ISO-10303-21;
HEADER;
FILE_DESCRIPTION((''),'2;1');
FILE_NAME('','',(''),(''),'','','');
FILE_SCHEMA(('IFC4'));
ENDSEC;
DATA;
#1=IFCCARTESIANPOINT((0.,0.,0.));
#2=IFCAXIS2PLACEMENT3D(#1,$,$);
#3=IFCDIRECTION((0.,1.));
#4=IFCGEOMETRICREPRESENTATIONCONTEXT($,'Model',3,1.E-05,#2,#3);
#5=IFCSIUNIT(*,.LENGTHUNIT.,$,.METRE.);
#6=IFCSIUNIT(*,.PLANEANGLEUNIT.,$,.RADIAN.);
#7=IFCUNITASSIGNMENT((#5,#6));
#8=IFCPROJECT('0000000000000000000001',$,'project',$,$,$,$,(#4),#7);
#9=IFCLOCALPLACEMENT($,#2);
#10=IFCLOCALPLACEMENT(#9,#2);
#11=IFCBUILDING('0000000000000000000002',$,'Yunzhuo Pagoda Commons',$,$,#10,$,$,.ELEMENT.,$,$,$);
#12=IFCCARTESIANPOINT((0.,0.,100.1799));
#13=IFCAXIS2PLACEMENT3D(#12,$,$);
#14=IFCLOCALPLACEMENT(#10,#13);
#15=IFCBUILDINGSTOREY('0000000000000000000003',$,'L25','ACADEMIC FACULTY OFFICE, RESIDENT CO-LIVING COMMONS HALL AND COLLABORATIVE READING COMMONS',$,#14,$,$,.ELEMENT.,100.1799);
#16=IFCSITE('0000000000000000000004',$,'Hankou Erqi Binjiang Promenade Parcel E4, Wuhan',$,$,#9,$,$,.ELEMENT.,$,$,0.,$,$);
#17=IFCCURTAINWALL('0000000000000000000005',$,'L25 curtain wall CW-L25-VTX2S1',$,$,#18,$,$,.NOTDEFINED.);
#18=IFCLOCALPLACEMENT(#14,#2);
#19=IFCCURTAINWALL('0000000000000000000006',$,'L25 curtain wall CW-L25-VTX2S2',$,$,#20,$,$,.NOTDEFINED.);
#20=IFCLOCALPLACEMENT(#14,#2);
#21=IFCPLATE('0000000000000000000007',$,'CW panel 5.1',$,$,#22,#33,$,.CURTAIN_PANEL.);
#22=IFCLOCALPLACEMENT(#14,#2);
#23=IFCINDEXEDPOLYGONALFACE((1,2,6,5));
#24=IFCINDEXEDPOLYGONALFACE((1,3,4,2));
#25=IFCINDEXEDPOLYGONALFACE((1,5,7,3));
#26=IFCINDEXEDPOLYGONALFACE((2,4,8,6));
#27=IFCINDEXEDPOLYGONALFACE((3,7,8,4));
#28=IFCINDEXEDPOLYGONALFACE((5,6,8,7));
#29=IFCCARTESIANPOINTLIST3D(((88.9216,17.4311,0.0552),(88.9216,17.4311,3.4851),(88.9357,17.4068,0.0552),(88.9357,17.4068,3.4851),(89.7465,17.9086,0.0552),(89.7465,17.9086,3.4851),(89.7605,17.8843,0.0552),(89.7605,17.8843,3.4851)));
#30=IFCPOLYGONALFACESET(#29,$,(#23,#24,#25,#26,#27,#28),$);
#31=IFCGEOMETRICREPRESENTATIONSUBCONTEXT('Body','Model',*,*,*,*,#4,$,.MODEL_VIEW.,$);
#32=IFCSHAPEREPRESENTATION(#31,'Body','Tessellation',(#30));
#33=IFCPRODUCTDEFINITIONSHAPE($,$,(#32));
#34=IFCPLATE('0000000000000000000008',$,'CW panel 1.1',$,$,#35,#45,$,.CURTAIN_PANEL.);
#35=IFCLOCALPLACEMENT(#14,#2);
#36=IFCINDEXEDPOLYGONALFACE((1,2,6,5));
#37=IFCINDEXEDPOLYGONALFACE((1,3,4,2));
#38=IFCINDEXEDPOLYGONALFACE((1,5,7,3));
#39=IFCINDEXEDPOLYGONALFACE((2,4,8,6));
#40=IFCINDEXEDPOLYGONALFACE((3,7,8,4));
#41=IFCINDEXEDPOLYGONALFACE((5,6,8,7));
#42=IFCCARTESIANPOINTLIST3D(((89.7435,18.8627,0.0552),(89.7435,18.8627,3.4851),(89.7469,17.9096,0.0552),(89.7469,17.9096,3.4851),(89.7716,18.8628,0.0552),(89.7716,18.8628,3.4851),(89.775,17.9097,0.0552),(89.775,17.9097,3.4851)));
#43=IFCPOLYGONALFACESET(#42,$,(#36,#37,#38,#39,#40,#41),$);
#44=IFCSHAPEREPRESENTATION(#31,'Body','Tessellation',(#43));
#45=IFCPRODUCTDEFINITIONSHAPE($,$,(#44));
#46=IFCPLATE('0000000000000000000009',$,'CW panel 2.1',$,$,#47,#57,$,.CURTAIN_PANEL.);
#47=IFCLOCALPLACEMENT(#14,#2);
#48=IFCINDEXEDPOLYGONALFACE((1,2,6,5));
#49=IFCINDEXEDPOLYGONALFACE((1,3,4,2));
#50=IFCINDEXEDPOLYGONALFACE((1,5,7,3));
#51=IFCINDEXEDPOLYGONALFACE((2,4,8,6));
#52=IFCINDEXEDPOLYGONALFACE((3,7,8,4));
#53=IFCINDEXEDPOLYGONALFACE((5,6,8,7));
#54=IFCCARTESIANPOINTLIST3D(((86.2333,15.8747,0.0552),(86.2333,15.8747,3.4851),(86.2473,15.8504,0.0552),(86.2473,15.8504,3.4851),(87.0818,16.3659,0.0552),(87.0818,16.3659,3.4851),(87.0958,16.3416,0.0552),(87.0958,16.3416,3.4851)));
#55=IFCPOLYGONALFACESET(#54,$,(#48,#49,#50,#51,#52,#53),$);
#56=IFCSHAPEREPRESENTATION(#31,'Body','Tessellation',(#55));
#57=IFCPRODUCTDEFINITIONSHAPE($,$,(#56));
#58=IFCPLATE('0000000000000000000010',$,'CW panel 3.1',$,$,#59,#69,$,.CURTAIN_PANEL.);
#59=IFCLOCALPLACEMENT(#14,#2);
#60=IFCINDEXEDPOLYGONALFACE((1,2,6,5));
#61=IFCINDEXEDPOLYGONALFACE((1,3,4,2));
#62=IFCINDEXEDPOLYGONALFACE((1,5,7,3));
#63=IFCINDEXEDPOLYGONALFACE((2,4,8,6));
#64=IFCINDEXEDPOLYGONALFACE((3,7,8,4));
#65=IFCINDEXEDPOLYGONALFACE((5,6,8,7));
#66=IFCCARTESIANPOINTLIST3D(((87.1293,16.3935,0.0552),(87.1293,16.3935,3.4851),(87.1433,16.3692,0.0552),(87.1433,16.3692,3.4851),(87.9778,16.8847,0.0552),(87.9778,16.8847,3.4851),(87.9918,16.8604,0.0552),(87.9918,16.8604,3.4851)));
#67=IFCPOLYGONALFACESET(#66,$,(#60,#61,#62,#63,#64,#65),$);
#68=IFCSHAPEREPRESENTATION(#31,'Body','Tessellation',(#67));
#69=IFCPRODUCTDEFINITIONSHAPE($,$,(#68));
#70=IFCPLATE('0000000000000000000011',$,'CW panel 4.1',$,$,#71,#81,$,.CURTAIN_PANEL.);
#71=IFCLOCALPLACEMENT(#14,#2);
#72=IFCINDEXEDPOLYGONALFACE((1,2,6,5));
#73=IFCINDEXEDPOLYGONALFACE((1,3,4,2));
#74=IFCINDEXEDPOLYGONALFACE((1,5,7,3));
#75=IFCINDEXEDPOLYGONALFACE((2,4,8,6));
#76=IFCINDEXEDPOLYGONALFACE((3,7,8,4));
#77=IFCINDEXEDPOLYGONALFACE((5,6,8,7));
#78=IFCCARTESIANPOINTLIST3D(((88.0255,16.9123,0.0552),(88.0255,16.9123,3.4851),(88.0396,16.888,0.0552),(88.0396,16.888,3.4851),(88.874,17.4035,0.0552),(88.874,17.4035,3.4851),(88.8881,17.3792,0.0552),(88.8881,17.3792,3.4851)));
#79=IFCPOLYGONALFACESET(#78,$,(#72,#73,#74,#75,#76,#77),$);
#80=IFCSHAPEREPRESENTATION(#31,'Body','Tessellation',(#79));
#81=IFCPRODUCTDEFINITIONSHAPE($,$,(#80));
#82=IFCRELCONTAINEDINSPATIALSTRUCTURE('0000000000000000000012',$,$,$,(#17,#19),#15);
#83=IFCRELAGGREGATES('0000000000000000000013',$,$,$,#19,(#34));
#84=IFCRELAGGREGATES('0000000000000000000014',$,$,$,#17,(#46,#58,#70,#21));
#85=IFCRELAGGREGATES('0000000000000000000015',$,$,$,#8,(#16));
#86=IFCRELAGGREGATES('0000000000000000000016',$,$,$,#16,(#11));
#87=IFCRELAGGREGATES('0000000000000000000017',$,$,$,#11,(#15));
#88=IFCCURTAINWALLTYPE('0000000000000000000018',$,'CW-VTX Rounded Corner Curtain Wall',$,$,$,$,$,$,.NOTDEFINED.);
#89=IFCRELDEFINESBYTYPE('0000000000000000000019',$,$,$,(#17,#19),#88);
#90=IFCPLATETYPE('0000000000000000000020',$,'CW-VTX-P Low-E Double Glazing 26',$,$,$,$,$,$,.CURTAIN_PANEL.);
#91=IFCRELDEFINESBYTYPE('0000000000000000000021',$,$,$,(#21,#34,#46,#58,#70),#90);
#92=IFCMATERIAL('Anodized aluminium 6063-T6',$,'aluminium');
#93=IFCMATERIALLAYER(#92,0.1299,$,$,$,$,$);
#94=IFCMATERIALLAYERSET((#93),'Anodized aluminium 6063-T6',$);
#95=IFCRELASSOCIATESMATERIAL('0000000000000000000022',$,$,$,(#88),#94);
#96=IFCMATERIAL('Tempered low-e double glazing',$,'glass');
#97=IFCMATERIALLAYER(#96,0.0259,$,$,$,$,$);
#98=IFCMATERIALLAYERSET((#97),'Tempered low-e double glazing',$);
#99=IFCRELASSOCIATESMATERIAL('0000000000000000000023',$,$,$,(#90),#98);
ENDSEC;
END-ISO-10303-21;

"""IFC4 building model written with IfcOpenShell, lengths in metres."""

from ifc_helpers import new_model, si_unit, direction, frame, origin, origin_2d, place, context, subcontext, project, spatial, rectangle, extrude, source, transform, mapped, material, layer, layer_set, type_object, element, aggregate, save


model = new_model("IFC4")

# Units and contexts
model_context = context("Model", 3, precision=1e-05, world=origin(), true_north=direction((0.0, 1.0)))
body_context = subcontext(model_context, "Body", "Model", "MODEL_VIEW")
ifc_project = project(units=[si_unit("LENGTHUNIT", "METRE"), si_unit("PLANEANGLEUNIT", "RADIAN")], contexts=[model_context])

# Site, building, storey
site_placement = place(None, origin())
site = spatial("IfcSite", under=ifc_project, at=site_placement, Name="Hankou Erqi Binjiang Promenade Parcel E4, Wuhan", CompositionType="ELEMENT", RefElevation=0.0)
building_placement = place(site_placement, origin())
building = spatial("IfcBuilding", under=site, at=building_placement, Name="Yunzhuo Pagoda Commons", CompositionType="ELEMENT")
storey_placement = place(building_placement, frame((0.0, 0.0, 100.1799)))
storey = spatial("IfcBuildingStorey", under=building, at=storey_placement, Name="L25", Description="ACADEMIC FACULTY OFFICE, RESIDENT CO-LIVING COMMONS HALL AND COLLABORATIVE READING COMMONS", CompositionType="ELEMENT", Elevation=100.1799)

# Shared definitions
ifc_material_1 = material(Name="Anodized aluminium 6063-T6", Category="aluminium")

# Curtain wall
ifc_layer_1 = layer(ifc_material_1, 0.1299)
ifc_layer_set_1 = layer_set([ifc_layer_1], Name="Anodized aluminium 6063-T6")
curtain_wall_type_1 = type_object("IfcCurtainWallType", Name="CW-VTX Rounded Corner Curtain Wall", PredefinedType="NOTDEFINED", material=ifc_layer_set_1)
curtain_wall_1_placement = place(storey_placement, origin())
curtain_wall_1 = element("IfcCurtainWall", 1, at=curtain_wall_1_placement, inside=storey, type_object=curtain_wall_type_1, Name="L25 curtain wall CW-L25-VTX2S1", PredefinedType="NOTDEFINED")

# Curtain wall
curtain_wall_2_placement = place(storey_placement, origin())
curtain_wall_2 = element("IfcCurtainWall", 2, at=curtain_wall_2_placement, inside=storey, type_object=curtain_wall_type_1, Name="L25 curtain wall CW-L25-VTX2S2", PredefinedType="NOTDEFINED")

# Plates
ifc_material_2 = material(Name="Tempered low-e double glazing", Category="glass")
ifc_layer_2 = layer(ifc_material_2, 0.0259)
ifc_layer_set_2 = layer_set([ifc_layer_2], Name="Tempered low-e double glazing")
plate_type = type_object("IfcPlateType", Name="CW-VTX-P Low-E Double Glazing 26", PredefinedType="CURTAIN_PANEL", material=ifc_layer_set_2)
shared_shape_1 = source(origin(), body_context, "Body", "SweptSolid", [
    extrude(rectangle(XDim=0.9531, YDim=0.0281, at=origin_2d()), origin(), (0.0, 0.0, 1.0), 3.4299),
])
plate_1_placement = place(storey_placement, frame((89.3411, 17.6577, 0.0552), z_axis=(0.0, 0.0, 1.0), x_axis=(0.865427, 0.501036, 0.0)))
plate_1 = element("IfcPlate", 3, at=plate_1_placement, type_object=plate_type, Name="CW panel 5.1", PredefinedType="CURTAIN_PANEL", context=body_context, shape_type="MappedRepresentation", body=[
    mapped(shared_shape_1, transform((0.0, 0.0, 0.0), scale=1.0)),
])
plate_2_placement = place(storey_placement, frame((89.7593, 18.3862, 0.0552), z_axis=(0.0, 0.0, 1.0), x_axis=(-0.003573, 0.999994, 0.0)))
plate_2 = element("IfcPlate", 4, at=plate_2_placement, type_object=plate_type, Name="CW panel 1.1", PredefinedType="CURTAIN_PANEL", context=body_context, shape_type="MappedRepresentation", body=[
    mapped(shared_shape_1, transform((0.0, 0.0, 0.0), scale=1.0)),
])
aggregate(curtain_wall_2, [plate_2])
shared_shape_2 = source(origin(), body_context, "Body", "SweptSolid", [
    extrude(rectangle(XDim=0.9805, YDim=0.0281, at=origin_2d()), origin(), (0.0, 0.0, 1.0), 3.4299),
])
plate_3_placement = place(storey_placement, frame((86.6646, 16.1082, 0.0552), z_axis=(0.0, 0.0, 1.0), x_axis=(0.865427, 0.501036, 0.0)))
plate_3 = element("IfcPlate", 5, at=plate_3_placement, type_object=plate_type, Name="CW panel 2.1", PredefinedType="CURTAIN_PANEL", context=body_context, shape_type="MappedRepresentation", body=[
    mapped(shared_shape_2, transform((0.0, 0.0, 0.0), scale=1.0)),
])
plate_4_placement = place(storey_placement, frame((87.5605, 16.627, 0.0552), z_axis=(0.0, 0.0, 1.0), x_axis=(0.865427, 0.501036, 0.0)))
plate_4 = element("IfcPlate", 6, at=plate_4_placement, type_object=plate_type, Name="CW panel 3.1", PredefinedType="CURTAIN_PANEL", context=body_context, shape_type="MappedRepresentation", body=[
    mapped(shared_shape_2, transform((0.0, 0.0, 0.0), scale=1.0)),
])
plate_5_placement = place(storey_placement, frame((88.4568, 17.1458, 0.0552), z_axis=(0.0, 0.0, 1.0), x_axis=(0.865427, 0.501036, 0.0)))
plate_5 = element("IfcPlate", 7, at=plate_5_placement, type_object=plate_type, Name="CW panel 4.1", PredefinedType="CURTAIN_PANEL", context=body_context, shape_type="MappedRepresentation", body=[
    mapped(shared_shape_2, transform((0.0, 0.0, 0.0), scale=1.0)),
])
aggregate(curtain_wall_1, [plate_3, plate_4, plate_5, plate_1])

save(model, "model.ifc")
